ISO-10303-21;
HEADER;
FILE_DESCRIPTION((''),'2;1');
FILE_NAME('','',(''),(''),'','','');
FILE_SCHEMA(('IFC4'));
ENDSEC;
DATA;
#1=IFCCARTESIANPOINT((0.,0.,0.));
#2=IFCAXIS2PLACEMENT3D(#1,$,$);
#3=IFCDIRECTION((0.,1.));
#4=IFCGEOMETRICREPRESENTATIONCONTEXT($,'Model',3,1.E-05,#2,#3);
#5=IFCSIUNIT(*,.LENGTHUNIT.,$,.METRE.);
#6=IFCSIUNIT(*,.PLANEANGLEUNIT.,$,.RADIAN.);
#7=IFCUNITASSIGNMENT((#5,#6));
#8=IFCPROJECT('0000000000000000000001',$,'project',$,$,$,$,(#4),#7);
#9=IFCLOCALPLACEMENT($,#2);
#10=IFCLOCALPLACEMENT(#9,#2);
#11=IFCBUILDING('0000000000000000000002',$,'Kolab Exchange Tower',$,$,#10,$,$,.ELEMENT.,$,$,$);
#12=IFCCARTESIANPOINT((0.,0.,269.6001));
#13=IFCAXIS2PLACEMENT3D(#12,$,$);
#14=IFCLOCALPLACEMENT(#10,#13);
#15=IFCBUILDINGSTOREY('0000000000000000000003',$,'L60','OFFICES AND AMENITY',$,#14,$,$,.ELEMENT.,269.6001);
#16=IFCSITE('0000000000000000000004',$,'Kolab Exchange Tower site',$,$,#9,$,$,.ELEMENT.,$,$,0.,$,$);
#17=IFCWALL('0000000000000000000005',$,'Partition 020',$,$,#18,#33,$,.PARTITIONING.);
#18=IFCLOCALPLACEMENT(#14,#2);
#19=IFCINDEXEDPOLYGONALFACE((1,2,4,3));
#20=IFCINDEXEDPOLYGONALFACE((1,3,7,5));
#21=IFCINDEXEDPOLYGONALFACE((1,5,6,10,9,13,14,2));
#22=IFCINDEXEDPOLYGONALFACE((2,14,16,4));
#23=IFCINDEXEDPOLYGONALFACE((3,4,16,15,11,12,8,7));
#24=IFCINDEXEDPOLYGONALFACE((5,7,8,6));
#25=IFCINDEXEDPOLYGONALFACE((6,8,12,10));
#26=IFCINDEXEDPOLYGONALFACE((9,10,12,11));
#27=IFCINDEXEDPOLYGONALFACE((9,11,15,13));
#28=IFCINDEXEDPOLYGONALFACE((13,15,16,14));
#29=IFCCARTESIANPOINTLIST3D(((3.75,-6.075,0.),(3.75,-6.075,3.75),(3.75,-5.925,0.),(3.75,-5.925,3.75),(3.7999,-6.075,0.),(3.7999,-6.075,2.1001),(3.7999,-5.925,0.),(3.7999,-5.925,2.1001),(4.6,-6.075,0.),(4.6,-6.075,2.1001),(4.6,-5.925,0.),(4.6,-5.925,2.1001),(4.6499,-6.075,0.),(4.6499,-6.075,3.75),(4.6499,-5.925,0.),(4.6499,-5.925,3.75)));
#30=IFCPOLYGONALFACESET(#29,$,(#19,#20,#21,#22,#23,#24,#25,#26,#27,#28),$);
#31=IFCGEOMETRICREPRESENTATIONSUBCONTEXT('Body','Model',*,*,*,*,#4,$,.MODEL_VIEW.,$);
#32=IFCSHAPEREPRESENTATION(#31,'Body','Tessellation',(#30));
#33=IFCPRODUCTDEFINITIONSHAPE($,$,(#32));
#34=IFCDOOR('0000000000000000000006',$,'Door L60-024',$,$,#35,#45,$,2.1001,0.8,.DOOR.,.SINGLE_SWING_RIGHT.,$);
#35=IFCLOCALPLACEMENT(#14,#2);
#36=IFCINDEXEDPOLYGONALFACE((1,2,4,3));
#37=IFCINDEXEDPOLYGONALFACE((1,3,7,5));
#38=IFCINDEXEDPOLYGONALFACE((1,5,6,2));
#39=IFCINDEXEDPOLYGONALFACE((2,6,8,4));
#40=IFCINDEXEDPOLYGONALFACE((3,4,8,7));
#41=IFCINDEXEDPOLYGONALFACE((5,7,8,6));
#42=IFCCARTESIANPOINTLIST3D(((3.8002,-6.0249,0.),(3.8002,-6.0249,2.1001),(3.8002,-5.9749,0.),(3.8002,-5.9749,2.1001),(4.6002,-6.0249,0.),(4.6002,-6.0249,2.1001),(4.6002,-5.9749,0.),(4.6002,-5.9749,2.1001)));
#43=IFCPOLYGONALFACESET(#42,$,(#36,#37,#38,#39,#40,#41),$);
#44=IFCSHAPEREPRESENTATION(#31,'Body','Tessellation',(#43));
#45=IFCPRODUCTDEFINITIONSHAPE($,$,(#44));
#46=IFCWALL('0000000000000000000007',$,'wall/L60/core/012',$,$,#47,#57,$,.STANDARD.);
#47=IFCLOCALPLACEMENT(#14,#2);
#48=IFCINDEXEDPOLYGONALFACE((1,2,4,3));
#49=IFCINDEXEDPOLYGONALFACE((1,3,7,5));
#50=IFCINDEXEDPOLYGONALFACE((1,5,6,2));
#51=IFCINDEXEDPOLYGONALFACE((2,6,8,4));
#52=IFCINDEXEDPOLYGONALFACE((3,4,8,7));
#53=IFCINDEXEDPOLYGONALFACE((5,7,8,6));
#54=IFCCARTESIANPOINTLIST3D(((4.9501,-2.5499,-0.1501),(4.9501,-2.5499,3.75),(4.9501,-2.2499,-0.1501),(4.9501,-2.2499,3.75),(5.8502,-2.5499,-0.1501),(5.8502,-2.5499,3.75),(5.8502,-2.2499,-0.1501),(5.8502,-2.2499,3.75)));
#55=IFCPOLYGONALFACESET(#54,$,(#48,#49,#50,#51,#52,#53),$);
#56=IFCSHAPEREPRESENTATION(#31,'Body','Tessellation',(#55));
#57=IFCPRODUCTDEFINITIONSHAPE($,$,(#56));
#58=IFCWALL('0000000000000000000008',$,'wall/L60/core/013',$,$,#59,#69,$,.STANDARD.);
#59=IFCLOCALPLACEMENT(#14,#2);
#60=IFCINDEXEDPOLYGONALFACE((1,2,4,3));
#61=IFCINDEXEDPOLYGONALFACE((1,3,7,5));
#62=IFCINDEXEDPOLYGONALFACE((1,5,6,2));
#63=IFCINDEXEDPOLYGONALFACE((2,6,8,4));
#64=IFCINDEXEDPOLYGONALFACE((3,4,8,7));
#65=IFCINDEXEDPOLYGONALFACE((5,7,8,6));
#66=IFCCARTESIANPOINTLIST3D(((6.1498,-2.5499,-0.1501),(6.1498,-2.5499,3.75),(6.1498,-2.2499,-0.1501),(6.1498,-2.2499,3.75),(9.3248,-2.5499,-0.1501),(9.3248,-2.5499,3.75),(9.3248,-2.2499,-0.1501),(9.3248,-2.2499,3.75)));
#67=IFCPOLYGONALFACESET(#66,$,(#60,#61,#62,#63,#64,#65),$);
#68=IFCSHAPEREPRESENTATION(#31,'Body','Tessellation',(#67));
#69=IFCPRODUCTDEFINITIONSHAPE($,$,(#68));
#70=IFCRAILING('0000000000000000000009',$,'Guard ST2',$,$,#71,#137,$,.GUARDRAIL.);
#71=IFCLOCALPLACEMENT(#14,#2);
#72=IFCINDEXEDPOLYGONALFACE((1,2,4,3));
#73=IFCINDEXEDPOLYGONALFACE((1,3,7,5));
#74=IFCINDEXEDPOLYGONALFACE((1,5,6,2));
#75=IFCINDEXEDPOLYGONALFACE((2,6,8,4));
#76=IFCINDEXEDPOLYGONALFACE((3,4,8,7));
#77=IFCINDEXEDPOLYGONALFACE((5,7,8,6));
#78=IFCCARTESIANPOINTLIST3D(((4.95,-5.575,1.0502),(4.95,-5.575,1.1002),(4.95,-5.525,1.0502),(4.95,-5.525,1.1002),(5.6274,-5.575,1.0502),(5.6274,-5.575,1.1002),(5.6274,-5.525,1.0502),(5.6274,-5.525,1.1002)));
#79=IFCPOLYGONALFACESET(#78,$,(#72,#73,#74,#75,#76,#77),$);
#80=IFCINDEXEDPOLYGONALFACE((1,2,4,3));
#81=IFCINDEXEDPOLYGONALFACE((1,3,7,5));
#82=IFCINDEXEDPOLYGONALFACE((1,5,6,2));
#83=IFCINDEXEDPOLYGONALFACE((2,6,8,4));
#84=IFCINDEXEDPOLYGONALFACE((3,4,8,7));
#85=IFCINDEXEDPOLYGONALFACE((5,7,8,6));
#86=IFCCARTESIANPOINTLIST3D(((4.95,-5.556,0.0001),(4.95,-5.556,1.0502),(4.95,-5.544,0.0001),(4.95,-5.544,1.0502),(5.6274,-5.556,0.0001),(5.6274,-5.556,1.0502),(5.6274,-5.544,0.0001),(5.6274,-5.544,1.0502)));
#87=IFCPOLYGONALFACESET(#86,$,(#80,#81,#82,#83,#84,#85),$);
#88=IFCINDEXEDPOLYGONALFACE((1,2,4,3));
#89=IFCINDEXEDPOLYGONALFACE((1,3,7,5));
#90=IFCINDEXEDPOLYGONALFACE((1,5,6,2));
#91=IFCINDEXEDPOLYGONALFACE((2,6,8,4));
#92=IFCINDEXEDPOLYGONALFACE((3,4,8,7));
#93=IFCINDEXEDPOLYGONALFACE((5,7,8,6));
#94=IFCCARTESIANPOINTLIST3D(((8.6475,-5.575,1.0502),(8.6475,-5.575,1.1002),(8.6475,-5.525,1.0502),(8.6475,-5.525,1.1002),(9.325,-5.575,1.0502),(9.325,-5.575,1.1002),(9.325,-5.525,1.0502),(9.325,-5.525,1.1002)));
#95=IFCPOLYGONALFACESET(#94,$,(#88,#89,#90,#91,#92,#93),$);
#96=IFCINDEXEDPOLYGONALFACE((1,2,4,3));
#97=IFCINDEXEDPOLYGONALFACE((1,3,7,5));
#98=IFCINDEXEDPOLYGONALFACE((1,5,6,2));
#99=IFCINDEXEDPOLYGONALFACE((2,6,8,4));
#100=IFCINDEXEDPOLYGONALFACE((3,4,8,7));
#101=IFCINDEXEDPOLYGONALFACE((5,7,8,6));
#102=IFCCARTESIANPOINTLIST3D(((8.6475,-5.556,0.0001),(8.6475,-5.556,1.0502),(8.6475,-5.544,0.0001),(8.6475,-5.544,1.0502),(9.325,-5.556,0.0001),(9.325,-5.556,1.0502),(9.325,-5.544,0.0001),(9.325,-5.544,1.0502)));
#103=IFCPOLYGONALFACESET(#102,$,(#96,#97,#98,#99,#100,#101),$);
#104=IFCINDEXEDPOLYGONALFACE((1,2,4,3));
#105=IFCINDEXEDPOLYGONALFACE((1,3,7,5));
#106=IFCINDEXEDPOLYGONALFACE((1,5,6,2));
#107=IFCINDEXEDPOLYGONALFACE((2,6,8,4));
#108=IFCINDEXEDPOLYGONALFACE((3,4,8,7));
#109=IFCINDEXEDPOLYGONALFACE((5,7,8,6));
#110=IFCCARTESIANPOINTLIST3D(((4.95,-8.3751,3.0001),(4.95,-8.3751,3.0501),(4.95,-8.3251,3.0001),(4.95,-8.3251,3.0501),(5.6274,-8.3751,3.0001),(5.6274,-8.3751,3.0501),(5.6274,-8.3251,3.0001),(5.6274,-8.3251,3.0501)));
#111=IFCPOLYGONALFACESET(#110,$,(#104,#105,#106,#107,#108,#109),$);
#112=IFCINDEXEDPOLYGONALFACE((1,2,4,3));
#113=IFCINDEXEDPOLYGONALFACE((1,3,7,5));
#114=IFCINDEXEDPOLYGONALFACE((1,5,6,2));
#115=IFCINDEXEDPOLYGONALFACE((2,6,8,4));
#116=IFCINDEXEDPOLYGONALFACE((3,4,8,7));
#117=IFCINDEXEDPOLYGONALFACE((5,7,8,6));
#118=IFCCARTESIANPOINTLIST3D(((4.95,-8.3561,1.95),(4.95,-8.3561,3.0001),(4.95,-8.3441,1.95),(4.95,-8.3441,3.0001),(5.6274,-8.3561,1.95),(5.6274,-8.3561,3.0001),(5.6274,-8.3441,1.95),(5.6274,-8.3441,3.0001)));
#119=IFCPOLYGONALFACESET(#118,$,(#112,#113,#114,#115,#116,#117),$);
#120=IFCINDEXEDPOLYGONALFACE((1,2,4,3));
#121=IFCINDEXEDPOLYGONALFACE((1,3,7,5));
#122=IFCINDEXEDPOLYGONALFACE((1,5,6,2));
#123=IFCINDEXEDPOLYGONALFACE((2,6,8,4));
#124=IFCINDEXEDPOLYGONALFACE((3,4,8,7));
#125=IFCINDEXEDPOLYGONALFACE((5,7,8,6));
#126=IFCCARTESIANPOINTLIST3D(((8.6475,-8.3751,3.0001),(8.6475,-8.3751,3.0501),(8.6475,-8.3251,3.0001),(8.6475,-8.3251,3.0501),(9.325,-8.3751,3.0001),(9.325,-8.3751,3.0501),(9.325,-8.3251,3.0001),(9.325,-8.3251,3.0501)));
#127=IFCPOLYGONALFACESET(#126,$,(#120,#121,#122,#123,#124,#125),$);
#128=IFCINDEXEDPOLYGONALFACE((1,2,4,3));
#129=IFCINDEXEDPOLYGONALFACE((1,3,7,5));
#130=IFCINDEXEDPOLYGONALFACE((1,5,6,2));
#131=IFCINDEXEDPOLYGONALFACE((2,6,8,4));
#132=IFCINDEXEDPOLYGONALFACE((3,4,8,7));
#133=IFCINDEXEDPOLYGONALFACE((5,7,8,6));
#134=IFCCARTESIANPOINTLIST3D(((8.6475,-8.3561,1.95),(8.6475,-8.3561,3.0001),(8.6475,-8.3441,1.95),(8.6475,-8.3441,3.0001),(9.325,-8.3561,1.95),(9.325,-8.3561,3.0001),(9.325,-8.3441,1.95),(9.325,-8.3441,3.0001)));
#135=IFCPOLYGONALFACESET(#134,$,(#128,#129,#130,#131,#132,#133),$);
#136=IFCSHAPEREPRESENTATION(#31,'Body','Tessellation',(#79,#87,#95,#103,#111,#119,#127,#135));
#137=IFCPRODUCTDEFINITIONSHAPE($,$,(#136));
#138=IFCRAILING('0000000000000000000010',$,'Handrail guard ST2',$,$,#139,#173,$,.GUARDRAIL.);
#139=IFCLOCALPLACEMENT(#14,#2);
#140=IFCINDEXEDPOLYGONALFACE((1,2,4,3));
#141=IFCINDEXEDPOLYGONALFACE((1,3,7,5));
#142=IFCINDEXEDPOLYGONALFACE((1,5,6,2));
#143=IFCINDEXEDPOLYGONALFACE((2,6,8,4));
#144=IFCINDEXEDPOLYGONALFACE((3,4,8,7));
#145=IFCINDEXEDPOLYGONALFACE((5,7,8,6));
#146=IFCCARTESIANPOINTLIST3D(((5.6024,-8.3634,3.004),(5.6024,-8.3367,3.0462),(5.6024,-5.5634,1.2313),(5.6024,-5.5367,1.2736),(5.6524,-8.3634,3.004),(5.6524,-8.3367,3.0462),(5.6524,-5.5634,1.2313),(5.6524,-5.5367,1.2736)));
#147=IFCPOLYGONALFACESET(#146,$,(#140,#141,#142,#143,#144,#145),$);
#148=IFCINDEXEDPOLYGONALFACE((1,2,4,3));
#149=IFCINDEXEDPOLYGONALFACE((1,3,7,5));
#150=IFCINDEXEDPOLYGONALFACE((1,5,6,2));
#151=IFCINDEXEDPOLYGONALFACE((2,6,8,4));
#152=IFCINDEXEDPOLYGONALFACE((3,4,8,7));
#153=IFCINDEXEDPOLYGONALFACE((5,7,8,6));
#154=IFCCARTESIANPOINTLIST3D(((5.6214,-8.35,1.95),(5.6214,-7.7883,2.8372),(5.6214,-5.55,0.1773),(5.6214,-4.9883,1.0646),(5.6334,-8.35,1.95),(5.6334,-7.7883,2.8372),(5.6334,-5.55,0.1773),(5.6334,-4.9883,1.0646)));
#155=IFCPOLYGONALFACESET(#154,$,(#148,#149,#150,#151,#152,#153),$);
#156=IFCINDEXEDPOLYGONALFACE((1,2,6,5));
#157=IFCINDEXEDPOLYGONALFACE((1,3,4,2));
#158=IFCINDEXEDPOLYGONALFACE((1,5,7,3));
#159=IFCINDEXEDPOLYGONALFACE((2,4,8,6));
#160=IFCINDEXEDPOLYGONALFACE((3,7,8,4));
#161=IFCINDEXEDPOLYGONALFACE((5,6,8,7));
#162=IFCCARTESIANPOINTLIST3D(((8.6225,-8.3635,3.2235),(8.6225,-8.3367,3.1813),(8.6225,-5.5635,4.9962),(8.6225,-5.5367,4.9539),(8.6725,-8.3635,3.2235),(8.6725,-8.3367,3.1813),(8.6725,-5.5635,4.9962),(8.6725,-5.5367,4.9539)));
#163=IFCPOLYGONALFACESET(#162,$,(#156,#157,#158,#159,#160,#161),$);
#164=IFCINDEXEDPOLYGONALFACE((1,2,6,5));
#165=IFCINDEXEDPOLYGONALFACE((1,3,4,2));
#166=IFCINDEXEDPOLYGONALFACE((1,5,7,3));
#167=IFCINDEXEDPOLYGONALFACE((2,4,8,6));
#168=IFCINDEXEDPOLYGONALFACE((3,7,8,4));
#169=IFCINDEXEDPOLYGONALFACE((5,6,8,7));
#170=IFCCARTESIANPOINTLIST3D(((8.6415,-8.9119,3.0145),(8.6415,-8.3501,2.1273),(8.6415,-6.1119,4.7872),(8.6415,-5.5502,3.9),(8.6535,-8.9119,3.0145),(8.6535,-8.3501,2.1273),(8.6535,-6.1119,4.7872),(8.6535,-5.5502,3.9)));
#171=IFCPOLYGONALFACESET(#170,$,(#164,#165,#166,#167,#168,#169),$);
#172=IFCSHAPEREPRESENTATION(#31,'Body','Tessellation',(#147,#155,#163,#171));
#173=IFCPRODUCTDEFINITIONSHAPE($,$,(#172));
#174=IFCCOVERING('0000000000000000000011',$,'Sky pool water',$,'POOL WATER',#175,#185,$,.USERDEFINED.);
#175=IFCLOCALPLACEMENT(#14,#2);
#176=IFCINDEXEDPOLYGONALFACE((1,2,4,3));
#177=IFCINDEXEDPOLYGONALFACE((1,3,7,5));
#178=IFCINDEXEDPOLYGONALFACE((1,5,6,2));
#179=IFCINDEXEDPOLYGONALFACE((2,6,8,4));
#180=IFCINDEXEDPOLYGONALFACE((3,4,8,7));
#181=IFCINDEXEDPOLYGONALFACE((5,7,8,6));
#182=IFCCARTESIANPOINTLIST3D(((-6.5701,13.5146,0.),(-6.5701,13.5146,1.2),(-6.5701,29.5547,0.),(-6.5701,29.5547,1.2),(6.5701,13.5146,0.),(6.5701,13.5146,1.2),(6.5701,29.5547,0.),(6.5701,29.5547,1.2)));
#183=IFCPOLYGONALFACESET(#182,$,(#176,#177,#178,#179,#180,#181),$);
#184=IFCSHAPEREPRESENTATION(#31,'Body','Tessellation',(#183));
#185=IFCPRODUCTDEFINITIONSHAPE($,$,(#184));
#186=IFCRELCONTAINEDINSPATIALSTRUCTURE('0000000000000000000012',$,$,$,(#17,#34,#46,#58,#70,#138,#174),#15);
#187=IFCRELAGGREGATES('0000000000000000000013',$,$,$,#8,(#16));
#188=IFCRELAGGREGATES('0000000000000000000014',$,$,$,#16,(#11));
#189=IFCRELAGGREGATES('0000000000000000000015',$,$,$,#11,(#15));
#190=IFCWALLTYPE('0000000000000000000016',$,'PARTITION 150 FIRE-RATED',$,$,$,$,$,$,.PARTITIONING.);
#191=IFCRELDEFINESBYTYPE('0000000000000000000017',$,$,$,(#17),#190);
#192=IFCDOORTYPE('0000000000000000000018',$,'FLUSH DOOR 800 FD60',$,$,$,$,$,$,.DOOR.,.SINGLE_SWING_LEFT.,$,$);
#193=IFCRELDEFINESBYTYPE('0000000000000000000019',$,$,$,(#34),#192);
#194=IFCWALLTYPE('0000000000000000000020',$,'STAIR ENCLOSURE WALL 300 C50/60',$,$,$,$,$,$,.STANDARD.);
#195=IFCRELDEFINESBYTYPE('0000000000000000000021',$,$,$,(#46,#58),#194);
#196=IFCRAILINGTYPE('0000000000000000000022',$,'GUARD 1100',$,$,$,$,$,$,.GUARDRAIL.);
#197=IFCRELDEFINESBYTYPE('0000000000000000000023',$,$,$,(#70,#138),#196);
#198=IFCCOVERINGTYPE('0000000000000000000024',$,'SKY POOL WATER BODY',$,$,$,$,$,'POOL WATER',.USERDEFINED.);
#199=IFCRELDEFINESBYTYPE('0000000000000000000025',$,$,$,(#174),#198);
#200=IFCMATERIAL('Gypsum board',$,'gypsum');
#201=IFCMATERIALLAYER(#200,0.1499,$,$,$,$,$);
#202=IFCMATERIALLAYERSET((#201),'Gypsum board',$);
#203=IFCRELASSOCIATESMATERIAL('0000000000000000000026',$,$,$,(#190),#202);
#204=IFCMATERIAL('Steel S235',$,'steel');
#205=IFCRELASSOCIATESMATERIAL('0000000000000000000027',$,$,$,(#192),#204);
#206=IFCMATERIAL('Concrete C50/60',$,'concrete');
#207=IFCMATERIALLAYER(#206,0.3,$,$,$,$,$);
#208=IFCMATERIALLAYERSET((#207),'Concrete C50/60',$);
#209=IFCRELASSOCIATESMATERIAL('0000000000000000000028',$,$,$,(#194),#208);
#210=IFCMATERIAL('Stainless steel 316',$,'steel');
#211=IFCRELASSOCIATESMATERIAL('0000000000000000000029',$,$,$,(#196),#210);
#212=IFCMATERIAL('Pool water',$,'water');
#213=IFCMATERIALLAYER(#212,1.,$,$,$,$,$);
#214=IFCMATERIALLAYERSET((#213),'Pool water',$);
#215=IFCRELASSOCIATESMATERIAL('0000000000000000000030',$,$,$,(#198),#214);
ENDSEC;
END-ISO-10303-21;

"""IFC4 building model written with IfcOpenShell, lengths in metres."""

from ifc_helpers import new_model, si_unit, direction, frame, frame_2d, origin, origin_2d, place, context, subcontext, project, spatial, polyline, rectangle, outline, extrude, material, layer, layer_set, type_object, element, fill, save


model = new_model("IFC4")

# Units and contexts
model_context = context("Model", 3, precision=1e-05, world=origin(), true_north=direction((0.0, 1.0)))
body_context = subcontext(model_context, "Body", "Model", "MODEL_VIEW")
ifc_project = project(units=[si_unit("LENGTHUNIT", "METRE"), si_unit("PLANEANGLEUNIT", "RADIAN")], contexts=[model_context])

# Site, building, storey
site_placement = place(None, origin())
site = spatial("IfcSite", under=ifc_project, at=site_placement, Name="Kolab Exchange Tower site", CompositionType="ELEMENT", RefElevation=0.0)
building_placement = place(site_placement, origin())
building = spatial("IfcBuilding", under=site, at=building_placement, Name="Kolab Exchange Tower", CompositionType="ELEMENT")
storey_placement = place(building_placement, frame((0.0, 0.0, 269.6001)))
storey = spatial("IfcBuildingStorey", under=building, at=storey_placement, Name="L60", Description="OFFICES AND AMENITY", CompositionType="ELEMENT", Elevation=269.6001)

# Shared definitions
ifc_material_1 = material(Name="Concrete C50/60", Category="concrete")
ifc_material_2 = material(Name="Stainless steel 316", Category="steel")

# Wall, opening, door
ifc_material_3 = material(Name="Gypsum board", Category="gypsum")
ifc_layer_1 = layer(ifc_material_3, 0.1499)
ifc_layer_set_1 = layer_set([ifc_layer_1], Name="Gypsum board")
wall_type_1 = type_object("IfcWallType", Name="PARTITION 150 FIRE-RATED", PredefinedType="PARTITIONING", material=ifc_layer_set_1)
wall_1_placement = place(storey_placement, frame((3.75, -6.0, 0.0), z_axis=(0.0, 0.0, 1.0), x_axis=(1.0, 0.0, 0.0)))
wall_1 = element("IfcWall", 1, at=wall_1_placement, inside=storey, type_object=wall_type_1, Name="Partition 020", PredefinedType="PARTITIONING", context=body_context, shape_type="SweptSolid", body=[
    extrude(rectangle(XDim=0.8999, YDim=0.1499, at=frame_2d((0.45, 0.0))), origin(), (0.0, 0.0, 1.0), 3.75),
])
opening_1_placement = place(wall_1_placement, frame((0.05, 0.0, 0.0)))
opening_1 = element("IfcOpeningElement", 2, at=opening_1_placement, cuts=wall_1, PredefinedType="OPENING", context=body_context, shape_type="SweptSolid", body=[
    extrude(rectangle(XDim=0.8, YDim=2.1001, at=frame_2d((0.3999, 1.05))), frame((0.0, 0.085, 0.0), z_axis=(0.0, -1.0, 0.0), x_axis=(1.0, 0.0, 0.0)), (0.0, 0.0, 1.0), 0.1699),
])
ifc_material_4 = material(Name="Steel S235", Category="steel")
door_type_1 = type_object("IfcDoorType", Name="FLUSH DOOR 800 FD60", OperationType="SINGLE_SWING_LEFT", PredefinedType="DOOR", material=ifc_material_4)
door_1_placement = place(opening_1_placement, frame((0.8, 0.0, 0.0), z_axis=(0.0, 0.0, 1.0), x_axis=(-1.0, 0.0, 0.0)))
door_1 = element("IfcDoor", 3, at=door_1_placement, inside=storey, type_object=door_type_1, Name="Door L60-024", OperationType="SINGLE_SWING_RIGHT", OverallHeight=2.1001, OverallWidth=0.8, PredefinedType="DOOR", context=body_context, shape_type="SweptSolid", body=[
    extrude(rectangle(XDim=0.8, YDim=2.1001, at=frame_2d((0.3999, 1.05))), frame((0.0, 0.0249, 0.0), z_axis=(0.0, -1.0, 0.0), x_axis=(1.0, 0.0, 0.0)), (0.0, 0.0, 1.0), 0.05),
])
fill(opening_1, door_1)

# Walls
ifc_layer_2 = layer(ifc_material_1, 0.3)
ifc_layer_set_2 = layer_set([ifc_layer_2], Name="Concrete C50/60")
wall_type_2 = type_object("IfcWallType", Name="STAIR ENCLOSURE WALL 300 C50/60", PredefinedType="STANDARD", material=ifc_layer_set_2)
wall_2_placement = place(storey_placement, frame((4.95, -2.3999, -0.1501), z_axis=(0.0, 0.0, 1.0), x_axis=(1.0, 0.0, 0.0)))
element("IfcWall", 4, at=wall_2_placement, inside=storey, type_object=wall_type_2, Name="wall/L60/core/012", PredefinedType="STANDARD", context=body_context, shape_type="SweptSolid", body=[
    extrude(rectangle(XDim=0.9001, YDim=0.3, at=frame_2d((0.4502, 0.0))), origin(), (0.0, 0.0, 1.0), 3.9001),
])
wall_3_placement = place(storey_placement, frame((6.1499, -2.3999, -0.1501), z_axis=(0.0, 0.0, 1.0), x_axis=(1.0, 0.0, 0.0)))
element("IfcWall", 5, at=wall_3_placement, inside=storey, type_object=wall_type_2, Name="wall/L60/core/013", PredefinedType="STANDARD", context=body_context, shape_type="SweptSolid", body=[
    extrude(rectangle(XDim=3.175, YDim=0.3, at=frame_2d((1.5874, 0.0))), origin(), (0.0, 0.0, 1.0), 3.9001),
])

# Railings
railing_type = type_object("IfcRailingType", Name="GUARD 1100", PredefinedType="GUARDRAIL", material=ifc_material_2)
railing_1_placement = place(storey_placement, frame((4.95, -5.55, 0.0)))
element("IfcRailing", 6, at=railing_1_placement, inside=storey, type_object=railing_type, Name="Guard ST2", PredefinedType="GUARDRAIL", context=body_context, shape_type="SweptSolid", body=[
    extrude(rectangle(XDim=0.05, YDim=0.05, at=origin_2d()), frame((0.0, 0.0, 1.0752), z_axis=(1.0, 0.0, 0.0), x_axis=(0.0, 1.0, 0.0)), (0.0, 0.0, 1.0), 0.6775),
    extrude(rectangle(XDim=0.012, YDim=1.0501, at=frame_2d((0.0, 0.5251))), frame((0.0, 0.0, 0.0), z_axis=(1.0, 0.0, 0.0), x_axis=(0.0, 1.0, 0.0)), (0.0, 0.0, 1.0), 0.6775),
    extrude(rectangle(XDim=0.05, YDim=0.05, at=origin_2d()), frame((3.6975, 0.0, 1.0752), z_axis=(1.0, 0.0, 0.0), x_axis=(0.0, 1.0, 0.0)), (0.0, 0.0, 1.0), 0.6775),
    extrude(rectangle(XDim=0.012, YDim=1.0501, at=frame_2d((0.0, 0.5251))), frame((3.6975, 0.0, 0.0), z_axis=(1.0, 0.0, 0.0), x_axis=(0.0, 1.0, 0.0)), (0.0, 0.0, 1.0), 0.6775),
    extrude(rectangle(XDim=0.05, YDim=0.05, at=origin_2d()), frame((0.0, -2.8, 3.0251), z_axis=(1.0, 0.0, 0.0), x_axis=(0.0, 1.0, 0.0)), (0.0, 0.0, 1.0), 0.6775),
    extrude(rectangle(XDim=0.012, YDim=1.0501, at=frame_2d((0.0, 0.5251))), frame((0.0, -2.8, 1.95), z_axis=(1.0, 0.0, 0.0), x_axis=(0.0, 1.0, 0.0)), (0.0, 0.0, 1.0), 0.6775),
    extrude(rectangle(XDim=0.05, YDim=0.05, at=origin_2d()), frame((3.6975, -2.8, 3.0251), z_axis=(1.0, 0.0, 0.0), x_axis=(0.0, 1.0, 0.0)), (0.0, 0.0, 1.0), 0.6775),
    extrude(rectangle(XDim=0.012, YDim=1.0501, at=frame_2d((0.0, 0.5251))), frame((3.6975, -2.8, 1.95), z_axis=(1.0, 0.0, 0.0), x_axis=(0.0, 1.0, 0.0)), (0.0, 0.0, 1.0), 0.6775),
])
railing_2_placement = place(storey_placement, frame((5.6274, -5.55, 0.1772)))
element("IfcRailing", 7, at=railing_2_placement, inside=storey, type_object=railing_type, Name="Handrail guard ST2", PredefinedType="GUARDRAIL", context=body_context, shape_type="SweptSolid", body=[
    extrude(rectangle(XDim=0.05, YDim=0.05, at=origin_2d()), frame((0.0, 0.0, 1.0752), z_axis=(0.0, -0.844909, 0.53491), x_axis=(1.0, 0.0, 0.0)), (0.0, 0.0, 1.0), 3.314),
    extrude(rectangle(XDim=0.012, YDim=1.0501, at=frame_2d((0.0, 0.5251))), frame((0.0, 0.0, 0.0), z_axis=(0.0, -0.844909, 0.53491), x_axis=(1.0, 0.0, 0.0)), (0.0, 0.0, 1.0), 3.314),
    extrude(rectangle(XDim=0.05, YDim=0.05, at=origin_2d()), frame((3.02, -2.8, 3.0251), z_axis=(0.0, 0.844909, 0.53491), x_axis=(-1.0, 0.0, 0.0)), (0.0, 0.0, 1.0), 3.314),
    extrude(rectangle(XDim=0.012, YDim=1.0501, at=frame_2d((0.0, 0.5251))), frame((3.02, -2.8, 1.95), z_axis=(0.0, 0.844909, 0.53491), x_axis=(-1.0, 0.0, 0.0)), (0.0, 0.0, 1.0), 3.314),
])

# Covering
ifc_material_5 = material(Name="Pool water", Category="water")
ifc_layer_3 = layer(ifc_material_5, 1.0)
ifc_layer_set_3 = layer_set([ifc_layer_3], Name="Pool water")
covering_type_1 = type_object("IfcCoveringType", Name="SKY POOL WATER BODY", ElementType="POOL WATER", PredefinedType="USERDEFINED", material=ifc_layer_set_3)
covering_1_placement = place(storey_placement, origin())
element("IfcCovering", 8, at=covering_1_placement, inside=storey, type_object=covering_type_1, Name="Sky pool water", ObjectType="POOL WATER", PredefinedType="USERDEFINED", context=body_context, shape_type="SweptSolid", body=[
    extrude(outline(polyline([(-6.5701, 13.5146), (-6.5701, 29.5547), (6.5701, 29.5547), (6.5701, 13.5146), (-6.5701, 13.5146)])), origin(), (0.0, 0.0, 1.0), 1.2),
])

save(model, "model.ifc")
